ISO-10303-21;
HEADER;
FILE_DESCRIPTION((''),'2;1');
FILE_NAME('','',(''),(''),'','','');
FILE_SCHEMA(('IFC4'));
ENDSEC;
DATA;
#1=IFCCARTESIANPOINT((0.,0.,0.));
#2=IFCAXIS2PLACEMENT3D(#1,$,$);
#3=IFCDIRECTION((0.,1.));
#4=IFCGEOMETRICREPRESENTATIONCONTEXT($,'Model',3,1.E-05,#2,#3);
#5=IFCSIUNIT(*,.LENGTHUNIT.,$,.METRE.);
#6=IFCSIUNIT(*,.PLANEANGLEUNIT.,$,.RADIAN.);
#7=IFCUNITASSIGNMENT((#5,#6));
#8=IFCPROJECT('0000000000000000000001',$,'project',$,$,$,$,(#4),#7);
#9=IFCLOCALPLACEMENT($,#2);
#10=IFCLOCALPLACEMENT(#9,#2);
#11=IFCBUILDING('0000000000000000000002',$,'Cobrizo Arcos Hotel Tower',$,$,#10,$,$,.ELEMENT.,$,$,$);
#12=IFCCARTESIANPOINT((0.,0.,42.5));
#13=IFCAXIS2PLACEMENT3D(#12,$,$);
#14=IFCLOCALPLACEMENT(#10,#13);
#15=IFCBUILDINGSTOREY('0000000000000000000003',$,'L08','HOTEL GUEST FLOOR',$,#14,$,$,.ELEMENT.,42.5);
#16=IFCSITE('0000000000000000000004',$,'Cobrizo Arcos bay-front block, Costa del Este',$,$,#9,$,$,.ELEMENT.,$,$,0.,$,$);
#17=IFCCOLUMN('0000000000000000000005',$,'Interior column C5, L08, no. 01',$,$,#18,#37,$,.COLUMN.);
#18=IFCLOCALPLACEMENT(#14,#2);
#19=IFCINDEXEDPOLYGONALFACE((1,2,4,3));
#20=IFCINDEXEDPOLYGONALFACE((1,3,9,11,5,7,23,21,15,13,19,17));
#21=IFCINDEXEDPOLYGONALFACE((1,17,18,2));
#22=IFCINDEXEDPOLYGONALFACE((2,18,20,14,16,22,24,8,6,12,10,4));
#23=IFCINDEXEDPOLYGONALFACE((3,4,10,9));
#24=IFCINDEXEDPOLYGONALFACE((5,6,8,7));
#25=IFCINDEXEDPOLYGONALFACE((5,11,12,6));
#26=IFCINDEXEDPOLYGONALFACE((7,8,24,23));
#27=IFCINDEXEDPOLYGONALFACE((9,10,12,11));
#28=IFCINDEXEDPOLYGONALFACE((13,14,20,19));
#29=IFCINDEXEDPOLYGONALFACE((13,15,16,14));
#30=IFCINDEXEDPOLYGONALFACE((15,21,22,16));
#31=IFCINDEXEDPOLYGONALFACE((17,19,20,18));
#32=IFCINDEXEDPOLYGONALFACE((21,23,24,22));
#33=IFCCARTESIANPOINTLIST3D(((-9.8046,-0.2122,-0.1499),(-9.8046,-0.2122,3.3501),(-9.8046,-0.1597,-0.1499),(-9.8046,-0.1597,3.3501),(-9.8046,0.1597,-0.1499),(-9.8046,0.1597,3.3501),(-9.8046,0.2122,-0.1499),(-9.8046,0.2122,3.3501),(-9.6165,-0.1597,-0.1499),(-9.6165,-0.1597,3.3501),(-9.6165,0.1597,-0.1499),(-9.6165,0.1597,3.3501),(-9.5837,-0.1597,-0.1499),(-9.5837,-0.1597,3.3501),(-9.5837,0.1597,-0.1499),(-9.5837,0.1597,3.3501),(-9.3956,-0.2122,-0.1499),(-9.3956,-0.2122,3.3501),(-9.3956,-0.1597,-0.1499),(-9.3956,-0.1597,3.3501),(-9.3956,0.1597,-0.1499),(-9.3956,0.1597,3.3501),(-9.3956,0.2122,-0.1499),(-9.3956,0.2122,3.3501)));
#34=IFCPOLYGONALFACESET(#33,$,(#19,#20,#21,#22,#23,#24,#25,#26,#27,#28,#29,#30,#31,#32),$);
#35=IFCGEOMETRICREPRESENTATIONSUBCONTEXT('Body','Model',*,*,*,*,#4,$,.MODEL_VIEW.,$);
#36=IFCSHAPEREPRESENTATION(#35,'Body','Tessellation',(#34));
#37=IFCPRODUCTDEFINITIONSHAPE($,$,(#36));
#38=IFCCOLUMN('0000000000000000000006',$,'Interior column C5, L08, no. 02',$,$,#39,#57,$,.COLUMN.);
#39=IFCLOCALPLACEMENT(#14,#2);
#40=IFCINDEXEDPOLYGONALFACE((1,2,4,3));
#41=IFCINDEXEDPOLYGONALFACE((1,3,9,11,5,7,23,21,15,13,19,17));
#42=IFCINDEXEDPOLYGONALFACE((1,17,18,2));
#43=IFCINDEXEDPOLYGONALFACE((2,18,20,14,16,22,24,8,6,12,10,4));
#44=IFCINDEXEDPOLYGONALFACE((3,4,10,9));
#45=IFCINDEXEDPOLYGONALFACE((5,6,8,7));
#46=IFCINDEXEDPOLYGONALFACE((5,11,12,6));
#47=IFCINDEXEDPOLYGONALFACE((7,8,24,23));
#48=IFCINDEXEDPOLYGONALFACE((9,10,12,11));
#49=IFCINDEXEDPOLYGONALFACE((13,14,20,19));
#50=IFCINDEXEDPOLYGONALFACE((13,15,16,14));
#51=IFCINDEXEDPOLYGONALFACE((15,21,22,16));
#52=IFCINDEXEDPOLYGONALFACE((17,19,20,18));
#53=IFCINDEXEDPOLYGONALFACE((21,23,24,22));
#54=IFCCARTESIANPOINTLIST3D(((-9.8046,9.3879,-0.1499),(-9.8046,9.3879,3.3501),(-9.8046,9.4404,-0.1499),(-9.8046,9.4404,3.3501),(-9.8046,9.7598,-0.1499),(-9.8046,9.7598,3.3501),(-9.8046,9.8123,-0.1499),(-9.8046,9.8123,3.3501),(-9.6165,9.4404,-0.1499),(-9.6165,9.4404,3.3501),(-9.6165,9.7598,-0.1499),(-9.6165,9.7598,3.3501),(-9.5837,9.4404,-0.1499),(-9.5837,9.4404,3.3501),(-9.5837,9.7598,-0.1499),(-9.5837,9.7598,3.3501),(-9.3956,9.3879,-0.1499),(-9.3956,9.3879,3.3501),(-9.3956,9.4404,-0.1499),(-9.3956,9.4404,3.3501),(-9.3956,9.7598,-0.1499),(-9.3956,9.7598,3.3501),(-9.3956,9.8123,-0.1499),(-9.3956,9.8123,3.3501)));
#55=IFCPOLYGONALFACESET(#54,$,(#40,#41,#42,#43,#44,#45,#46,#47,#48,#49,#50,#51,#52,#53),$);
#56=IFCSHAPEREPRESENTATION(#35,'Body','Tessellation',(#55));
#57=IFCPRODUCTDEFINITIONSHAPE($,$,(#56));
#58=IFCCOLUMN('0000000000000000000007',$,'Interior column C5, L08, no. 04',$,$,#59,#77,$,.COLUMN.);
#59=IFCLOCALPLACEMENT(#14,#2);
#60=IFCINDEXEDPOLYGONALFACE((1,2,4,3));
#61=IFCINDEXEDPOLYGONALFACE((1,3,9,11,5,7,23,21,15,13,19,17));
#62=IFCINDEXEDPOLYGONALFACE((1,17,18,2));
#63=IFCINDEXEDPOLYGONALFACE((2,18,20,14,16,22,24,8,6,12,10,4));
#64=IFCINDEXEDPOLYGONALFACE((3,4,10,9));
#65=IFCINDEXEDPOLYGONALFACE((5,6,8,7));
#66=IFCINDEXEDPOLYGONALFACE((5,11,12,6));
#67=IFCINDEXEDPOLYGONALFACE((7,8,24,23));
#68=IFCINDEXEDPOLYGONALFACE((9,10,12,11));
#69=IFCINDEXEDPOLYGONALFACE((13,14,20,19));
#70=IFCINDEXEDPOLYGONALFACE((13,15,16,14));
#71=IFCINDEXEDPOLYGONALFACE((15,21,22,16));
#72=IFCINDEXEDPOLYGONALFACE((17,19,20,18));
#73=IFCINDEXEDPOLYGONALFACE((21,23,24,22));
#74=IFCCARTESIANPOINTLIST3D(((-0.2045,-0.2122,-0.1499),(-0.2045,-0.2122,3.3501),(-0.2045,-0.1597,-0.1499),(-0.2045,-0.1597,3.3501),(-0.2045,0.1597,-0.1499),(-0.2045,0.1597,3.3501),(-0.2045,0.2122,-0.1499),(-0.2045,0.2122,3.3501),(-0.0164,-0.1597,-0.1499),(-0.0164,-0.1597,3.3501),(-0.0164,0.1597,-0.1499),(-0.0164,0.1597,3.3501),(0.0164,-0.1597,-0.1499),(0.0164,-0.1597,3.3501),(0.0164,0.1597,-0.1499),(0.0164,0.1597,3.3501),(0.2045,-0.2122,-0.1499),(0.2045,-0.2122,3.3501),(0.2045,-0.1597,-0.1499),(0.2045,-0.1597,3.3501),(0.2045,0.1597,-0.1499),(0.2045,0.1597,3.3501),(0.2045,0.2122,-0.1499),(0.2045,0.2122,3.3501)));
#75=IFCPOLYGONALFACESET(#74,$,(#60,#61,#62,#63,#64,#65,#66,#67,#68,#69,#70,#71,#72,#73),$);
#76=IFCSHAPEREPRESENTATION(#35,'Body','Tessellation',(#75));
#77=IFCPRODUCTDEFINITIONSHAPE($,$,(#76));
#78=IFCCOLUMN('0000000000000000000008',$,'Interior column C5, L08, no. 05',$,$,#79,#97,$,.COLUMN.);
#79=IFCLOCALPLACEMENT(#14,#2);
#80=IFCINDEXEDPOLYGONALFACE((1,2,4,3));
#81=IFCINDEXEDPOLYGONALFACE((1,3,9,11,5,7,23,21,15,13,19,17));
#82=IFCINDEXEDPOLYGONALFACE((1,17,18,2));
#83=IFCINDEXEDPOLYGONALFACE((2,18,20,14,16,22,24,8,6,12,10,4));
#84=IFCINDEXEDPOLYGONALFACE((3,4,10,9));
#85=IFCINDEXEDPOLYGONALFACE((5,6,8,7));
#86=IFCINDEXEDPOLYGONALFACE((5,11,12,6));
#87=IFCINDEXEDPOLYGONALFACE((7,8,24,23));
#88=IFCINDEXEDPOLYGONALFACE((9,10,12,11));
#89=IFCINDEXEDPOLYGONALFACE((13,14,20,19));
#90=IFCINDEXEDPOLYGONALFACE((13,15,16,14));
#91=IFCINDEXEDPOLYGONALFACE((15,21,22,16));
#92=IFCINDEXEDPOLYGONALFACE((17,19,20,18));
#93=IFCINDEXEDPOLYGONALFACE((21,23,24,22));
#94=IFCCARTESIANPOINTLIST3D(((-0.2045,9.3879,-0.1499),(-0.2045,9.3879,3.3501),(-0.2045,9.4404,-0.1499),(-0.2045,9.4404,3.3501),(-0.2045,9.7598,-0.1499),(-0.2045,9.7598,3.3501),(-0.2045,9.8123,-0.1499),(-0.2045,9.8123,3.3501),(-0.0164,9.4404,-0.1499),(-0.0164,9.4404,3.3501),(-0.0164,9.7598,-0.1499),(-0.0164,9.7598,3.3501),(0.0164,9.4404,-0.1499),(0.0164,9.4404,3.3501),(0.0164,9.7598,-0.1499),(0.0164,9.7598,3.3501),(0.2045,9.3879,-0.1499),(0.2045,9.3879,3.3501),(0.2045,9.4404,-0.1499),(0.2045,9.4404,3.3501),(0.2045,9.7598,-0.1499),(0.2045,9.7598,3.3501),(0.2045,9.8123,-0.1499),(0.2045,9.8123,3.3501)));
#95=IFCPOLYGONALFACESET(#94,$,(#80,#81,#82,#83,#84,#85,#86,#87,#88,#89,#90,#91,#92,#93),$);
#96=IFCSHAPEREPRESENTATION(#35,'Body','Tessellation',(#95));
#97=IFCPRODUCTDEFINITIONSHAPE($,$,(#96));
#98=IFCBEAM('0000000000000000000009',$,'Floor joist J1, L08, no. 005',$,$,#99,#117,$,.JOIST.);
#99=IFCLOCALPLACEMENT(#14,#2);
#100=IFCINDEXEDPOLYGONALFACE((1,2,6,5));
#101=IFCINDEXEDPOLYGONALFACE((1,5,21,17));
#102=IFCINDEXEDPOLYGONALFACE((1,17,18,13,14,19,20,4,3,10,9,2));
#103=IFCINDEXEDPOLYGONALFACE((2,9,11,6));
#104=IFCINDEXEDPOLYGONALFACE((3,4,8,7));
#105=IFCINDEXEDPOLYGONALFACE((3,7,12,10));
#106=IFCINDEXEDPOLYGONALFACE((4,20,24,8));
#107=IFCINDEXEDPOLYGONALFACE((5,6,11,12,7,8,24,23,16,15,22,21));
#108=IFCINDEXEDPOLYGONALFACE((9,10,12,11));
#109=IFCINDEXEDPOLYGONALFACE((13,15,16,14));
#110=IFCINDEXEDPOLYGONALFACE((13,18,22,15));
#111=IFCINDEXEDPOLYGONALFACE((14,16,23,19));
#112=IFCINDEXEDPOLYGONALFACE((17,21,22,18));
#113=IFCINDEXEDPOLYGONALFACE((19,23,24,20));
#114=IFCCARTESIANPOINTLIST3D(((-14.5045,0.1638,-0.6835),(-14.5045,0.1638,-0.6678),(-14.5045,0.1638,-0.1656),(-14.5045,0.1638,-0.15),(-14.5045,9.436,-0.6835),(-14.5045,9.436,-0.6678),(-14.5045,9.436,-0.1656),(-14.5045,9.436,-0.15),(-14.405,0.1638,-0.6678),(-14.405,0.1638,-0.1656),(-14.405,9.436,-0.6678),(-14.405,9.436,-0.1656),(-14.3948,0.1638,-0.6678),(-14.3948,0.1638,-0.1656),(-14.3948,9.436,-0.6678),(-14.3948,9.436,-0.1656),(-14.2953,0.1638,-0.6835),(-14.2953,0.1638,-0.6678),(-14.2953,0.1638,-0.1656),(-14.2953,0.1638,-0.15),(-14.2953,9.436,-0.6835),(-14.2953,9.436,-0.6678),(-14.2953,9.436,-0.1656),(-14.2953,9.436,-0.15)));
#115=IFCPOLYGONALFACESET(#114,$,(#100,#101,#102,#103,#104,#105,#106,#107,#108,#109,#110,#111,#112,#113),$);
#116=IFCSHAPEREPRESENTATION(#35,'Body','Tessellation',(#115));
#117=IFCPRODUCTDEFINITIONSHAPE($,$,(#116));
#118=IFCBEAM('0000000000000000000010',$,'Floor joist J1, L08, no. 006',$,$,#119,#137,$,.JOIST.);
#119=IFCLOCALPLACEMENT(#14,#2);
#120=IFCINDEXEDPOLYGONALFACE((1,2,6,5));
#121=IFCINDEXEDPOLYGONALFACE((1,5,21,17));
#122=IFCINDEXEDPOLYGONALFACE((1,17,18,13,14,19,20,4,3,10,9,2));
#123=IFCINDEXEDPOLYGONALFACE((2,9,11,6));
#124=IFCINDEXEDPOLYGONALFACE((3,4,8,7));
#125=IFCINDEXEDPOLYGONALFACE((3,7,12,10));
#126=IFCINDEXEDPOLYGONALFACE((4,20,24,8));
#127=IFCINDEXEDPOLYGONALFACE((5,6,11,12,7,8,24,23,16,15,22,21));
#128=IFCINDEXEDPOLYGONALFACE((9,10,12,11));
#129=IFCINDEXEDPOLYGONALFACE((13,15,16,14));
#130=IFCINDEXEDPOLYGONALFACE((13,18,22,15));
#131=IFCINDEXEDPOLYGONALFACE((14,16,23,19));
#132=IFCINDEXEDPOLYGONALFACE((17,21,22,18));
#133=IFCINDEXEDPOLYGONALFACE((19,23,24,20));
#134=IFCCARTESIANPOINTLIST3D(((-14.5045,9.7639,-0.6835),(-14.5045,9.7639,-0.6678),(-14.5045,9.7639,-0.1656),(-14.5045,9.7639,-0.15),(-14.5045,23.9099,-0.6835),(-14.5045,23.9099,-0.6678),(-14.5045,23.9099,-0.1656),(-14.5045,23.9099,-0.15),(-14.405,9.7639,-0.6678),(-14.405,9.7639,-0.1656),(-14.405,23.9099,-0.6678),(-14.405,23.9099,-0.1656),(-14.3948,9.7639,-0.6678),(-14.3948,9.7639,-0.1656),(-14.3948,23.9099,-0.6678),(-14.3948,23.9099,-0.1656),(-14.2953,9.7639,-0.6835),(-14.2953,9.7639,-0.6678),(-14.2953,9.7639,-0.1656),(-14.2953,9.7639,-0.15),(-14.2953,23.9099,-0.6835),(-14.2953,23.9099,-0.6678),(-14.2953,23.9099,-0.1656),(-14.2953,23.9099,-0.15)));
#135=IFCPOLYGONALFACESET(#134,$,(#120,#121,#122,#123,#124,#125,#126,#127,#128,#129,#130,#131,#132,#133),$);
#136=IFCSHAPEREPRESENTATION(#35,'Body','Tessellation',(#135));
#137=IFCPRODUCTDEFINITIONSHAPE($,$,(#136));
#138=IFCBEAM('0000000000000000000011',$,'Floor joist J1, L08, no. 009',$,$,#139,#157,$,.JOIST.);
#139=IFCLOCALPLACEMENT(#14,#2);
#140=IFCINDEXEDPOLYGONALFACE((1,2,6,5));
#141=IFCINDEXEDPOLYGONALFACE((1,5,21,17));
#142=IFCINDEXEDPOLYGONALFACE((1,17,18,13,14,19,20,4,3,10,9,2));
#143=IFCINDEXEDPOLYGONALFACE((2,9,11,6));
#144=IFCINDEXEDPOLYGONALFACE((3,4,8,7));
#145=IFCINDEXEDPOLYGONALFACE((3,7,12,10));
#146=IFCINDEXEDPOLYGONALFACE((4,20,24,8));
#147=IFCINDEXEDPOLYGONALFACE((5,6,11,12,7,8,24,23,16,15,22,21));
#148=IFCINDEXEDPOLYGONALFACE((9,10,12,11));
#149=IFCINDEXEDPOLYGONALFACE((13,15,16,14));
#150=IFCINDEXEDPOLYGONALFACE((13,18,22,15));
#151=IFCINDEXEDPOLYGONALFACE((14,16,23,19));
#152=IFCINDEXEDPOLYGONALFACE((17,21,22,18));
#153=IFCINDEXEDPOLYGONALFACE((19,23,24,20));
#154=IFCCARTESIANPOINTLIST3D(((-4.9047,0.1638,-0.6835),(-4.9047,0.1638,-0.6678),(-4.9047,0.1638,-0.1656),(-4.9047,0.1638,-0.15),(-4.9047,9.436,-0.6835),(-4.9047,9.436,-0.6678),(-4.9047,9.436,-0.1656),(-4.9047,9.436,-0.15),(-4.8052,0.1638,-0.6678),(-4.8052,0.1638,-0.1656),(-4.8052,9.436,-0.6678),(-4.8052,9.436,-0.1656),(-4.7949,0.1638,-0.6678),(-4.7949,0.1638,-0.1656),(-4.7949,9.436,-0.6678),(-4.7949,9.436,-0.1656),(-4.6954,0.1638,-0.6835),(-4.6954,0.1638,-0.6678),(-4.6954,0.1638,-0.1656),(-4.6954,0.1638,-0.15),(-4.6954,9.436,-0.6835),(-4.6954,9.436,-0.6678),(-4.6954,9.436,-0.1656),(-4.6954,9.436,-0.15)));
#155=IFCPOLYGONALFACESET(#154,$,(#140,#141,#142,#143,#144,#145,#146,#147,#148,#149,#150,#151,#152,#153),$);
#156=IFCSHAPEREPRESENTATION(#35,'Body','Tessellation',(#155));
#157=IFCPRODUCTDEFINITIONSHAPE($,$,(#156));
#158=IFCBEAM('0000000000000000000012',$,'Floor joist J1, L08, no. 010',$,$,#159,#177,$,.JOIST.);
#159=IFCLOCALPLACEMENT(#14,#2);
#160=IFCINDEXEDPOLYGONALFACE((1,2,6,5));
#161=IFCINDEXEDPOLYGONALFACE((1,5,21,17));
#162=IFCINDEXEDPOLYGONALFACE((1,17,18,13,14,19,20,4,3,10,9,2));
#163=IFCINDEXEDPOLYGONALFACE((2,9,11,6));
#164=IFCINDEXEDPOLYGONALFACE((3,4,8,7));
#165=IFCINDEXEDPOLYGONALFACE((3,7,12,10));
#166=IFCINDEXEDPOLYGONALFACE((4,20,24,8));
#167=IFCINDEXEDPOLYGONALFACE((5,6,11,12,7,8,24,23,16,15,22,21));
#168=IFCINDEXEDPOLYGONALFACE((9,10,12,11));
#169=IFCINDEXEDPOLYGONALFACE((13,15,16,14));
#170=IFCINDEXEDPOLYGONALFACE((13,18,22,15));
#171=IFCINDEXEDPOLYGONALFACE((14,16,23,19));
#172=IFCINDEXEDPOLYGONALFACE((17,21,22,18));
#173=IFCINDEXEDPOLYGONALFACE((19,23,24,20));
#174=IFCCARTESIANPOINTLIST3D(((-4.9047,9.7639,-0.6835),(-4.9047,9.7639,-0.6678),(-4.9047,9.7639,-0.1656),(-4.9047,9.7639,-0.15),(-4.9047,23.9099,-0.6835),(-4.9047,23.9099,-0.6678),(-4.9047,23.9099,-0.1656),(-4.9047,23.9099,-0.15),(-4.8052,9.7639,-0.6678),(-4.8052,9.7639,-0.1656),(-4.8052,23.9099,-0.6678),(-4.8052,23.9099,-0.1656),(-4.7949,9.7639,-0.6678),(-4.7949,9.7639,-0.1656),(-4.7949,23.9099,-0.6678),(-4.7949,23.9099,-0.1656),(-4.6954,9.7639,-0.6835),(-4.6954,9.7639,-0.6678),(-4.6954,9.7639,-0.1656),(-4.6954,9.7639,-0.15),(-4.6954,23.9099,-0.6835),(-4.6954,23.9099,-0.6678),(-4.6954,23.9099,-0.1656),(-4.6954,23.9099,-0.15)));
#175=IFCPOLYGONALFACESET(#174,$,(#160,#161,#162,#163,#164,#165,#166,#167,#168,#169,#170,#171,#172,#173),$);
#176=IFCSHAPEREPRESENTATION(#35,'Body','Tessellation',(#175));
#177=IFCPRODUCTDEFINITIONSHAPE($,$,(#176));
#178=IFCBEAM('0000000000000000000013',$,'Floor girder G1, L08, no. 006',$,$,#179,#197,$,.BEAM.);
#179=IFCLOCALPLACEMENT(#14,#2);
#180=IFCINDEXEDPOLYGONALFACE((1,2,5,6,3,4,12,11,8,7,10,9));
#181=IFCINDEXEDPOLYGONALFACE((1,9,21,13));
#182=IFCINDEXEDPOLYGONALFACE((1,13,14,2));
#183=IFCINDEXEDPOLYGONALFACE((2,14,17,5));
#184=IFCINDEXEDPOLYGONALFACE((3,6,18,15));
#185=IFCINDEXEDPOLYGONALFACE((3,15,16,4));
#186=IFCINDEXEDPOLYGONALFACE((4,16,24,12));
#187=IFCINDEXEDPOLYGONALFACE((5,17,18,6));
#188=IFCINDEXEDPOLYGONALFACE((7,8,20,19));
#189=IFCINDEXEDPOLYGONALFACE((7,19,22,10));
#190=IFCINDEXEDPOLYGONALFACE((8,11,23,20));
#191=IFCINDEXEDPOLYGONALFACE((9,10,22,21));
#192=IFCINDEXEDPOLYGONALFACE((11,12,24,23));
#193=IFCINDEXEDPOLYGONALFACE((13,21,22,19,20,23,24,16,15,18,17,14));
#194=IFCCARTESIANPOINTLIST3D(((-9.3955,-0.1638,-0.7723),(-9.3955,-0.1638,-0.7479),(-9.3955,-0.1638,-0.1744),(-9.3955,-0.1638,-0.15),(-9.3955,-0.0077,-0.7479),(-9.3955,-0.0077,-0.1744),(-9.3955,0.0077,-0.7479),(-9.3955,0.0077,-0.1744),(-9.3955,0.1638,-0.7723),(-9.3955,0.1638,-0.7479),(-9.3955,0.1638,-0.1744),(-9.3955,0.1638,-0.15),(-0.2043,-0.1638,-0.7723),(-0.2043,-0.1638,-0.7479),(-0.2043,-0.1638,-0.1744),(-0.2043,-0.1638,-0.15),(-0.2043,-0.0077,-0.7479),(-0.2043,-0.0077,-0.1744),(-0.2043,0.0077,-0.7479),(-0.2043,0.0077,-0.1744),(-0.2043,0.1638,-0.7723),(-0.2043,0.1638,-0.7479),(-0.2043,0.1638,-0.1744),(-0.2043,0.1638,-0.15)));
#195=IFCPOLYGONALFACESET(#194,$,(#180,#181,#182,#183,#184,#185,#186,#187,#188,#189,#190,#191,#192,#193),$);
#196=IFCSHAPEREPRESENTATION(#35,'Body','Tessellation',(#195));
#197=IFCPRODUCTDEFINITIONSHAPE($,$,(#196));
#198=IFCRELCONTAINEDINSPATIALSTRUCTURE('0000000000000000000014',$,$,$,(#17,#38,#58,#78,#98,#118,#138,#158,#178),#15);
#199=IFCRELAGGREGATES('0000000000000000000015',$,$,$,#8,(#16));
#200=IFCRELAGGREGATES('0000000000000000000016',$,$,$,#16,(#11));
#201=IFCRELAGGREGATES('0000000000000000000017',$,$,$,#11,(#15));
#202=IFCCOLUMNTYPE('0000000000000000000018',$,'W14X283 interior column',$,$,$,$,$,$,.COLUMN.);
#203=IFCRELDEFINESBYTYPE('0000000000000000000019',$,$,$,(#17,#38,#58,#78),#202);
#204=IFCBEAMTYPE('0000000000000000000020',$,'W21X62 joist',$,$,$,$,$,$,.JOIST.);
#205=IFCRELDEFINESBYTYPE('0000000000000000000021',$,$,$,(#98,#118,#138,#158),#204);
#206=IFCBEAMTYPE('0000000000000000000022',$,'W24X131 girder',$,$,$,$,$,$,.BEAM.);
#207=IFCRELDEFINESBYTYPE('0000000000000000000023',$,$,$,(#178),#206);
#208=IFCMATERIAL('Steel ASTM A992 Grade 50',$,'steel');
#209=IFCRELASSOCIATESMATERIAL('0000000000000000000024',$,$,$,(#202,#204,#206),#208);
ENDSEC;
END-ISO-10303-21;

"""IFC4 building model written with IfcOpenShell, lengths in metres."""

from ifc_helpers import new_model, si_unit, direction, frame, origin, origin_2d, place, context, subcontext, project, spatial, i_section, extrude, material, material_profile, profile_set, type_object, element, save


model = new_model("IFC4")

# Units and contexts
model_context = context("Model", 3, precision=1e-05, world=origin(), true_north=direction((0.0, 1.0)))
body_context = subcontext(model_context, "Body", "Model", "MODEL_VIEW")
ifc_project = project(units=[si_unit("LENGTHUNIT", "METRE"), si_unit("PLANEANGLEUNIT", "RADIAN")], contexts=[model_context])

# Site, building, storey
site_placement = place(None, origin())
site = spatial("IfcSite", under=ifc_project, at=site_placement, Name="Cobrizo Arcos bay-front block, Costa del Este", CompositionType="ELEMENT", RefElevation=0.0)
building_placement = place(site_placement, origin())
building = spatial("IfcBuilding", under=site, at=building_placement, Name="Cobrizo Arcos Hotel Tower", CompositionType="ELEMENT")
storey_placement = place(building_placement, frame((0.0, 0.0, 42.5)))
storey = spatial("IfcBuildingStorey", under=building, at=storey_placement, Name="L08", Description="HOTEL GUEST FLOOR", CompositionType="ELEMENT", Elevation=42.5)

# Columns
ifc_material_1 = material(Name="Steel ASTM A992 Grade 50", Category="steel")
ifc_material_profile_1 = material_profile(ifc_material_1, i_section(OverallWidth=0.4089, OverallDepth=0.4243, WebThickness=0.0327, FlangeThickness=0.0525, at=origin_2d()), Name="W14X283")
ifc_profile_set_1 = profile_set([ifc_material_profile_1], Name="Steel ASTM A992 Grade 50")
column_type = type_object("IfcColumnType", Name="W14X283 interior column", PredefinedType="COLUMN", material=ifc_profile_set_1)
for number, where, z_axis, x_axis, name in (
    (1, (-9.6001, 0.0, -0.1499), (0.0, 0.0, 1.0), (1.0, 0.0, 0.0), "Interior column C5, L08, no. 01"),
    (2, (-9.6001, 9.6001, -0.1499), (0.0, 0.0, 1.0), (1.0, 0.0, 0.0), "Interior column C5, L08, no. 02"),
    (3, (0.0, 0.0, -0.1499), (0.0, 0.0, 1.0), (1.0, 0.0, 0.0), "Interior column C5, L08, no. 04"),
    (4, (0.0, 9.6001, -0.1499), (0.0, 0.0, 1.0), (1.0, 0.0, 0.0), "Interior column C5, L08, no. 05"),
):
    element("IfcColumn", number, at=place(storey_placement, frame(where, z_axis=z_axis, x_axis=x_axis)), inside=storey, type_object=column_type, Name=name, PredefinedType="COLUMN", context=body_context, shape_type="SweptSolid", body=[
        extrude(i_section(OverallWidth=0.4089, OverallDepth=0.4243, WebThickness=0.0327, FlangeThickness=0.0525, at=origin_2d()), origin(), (0.0, 0.0, 1.0), 3.5),
    ])

# Beams
ifc_material_profile_2 = material_profile(ifc_material_1, i_section(OverallWidth=0.2092, OverallDepth=0.5334, WebThickness=0.0103, FlangeThickness=0.0156, at=origin_2d()), Name="W21X62")
ifc_profile_set_2 = profile_set([ifc_material_profile_2], Name="Steel ASTM A992 Grade 50")
beam_type_1 = type_object("IfcBeamType", Name="W21X62 joist", PredefinedType="JOIST", material=ifc_profile_set_2)
beam_1_placement = place(storey_placement, frame((-14.3999, 0.1638, -0.4167), z_axis=(0.0, 1.0, 0.0), x_axis=(-1.0, 0.0, 0.0)))
element("IfcBeam", 5, at=beam_1_placement, inside=storey, type_object=beam_type_1, Name="Floor joist J1, L08, no. 005", PredefinedType="JOIST", context=body_context, shape_type="SweptSolid", body=[
    extrude(i_section(OverallWidth=0.2092, OverallDepth=0.5334, WebThickness=0.0103, FlangeThickness=0.0156, at=origin_2d()), origin(), (0.0, 0.0, 1.0), 9.2722),
])
beam_2_placement = place(storey_placement, frame((-14.3999, 9.7639, -0.4167), z_axis=(0.0, 1.0, 0.0), x_axis=(-1.0, 0.0, 0.0)))
element("IfcBeam", 6, at=beam_2_placement, inside=storey, type_object=beam_type_1, Name="Floor joist J1, L08, no. 006", PredefinedType="JOIST", context=body_context, shape_type="SweptSolid", body=[
    extrude(i_section(OverallWidth=0.2092, OverallDepth=0.5334, WebThickness=0.0103, FlangeThickness=0.0156, at=origin_2d()), origin(), (0.0, 0.0, 1.0), 14.146),
])
beam_3_placement = place(storey_placement, frame((-4.8, 0.1638, -0.4167), z_axis=(0.0, 1.0, 0.0), x_axis=(-1.0, 0.0, 0.0)))
element("IfcBeam", 7, at=beam_3_placement, inside=storey, type_object=beam_type_1, Name="Floor joist J1, L08, no. 009", PredefinedType="JOIST", context=body_context, shape_type="SweptSolid", body=[
    extrude(i_section(OverallWidth=0.2092, OverallDepth=0.5334, WebThickness=0.0103, FlangeThickness=0.0156, at=origin_2d()), origin(), (0.0, 0.0, 1.0), 9.2722),
])
beam_4_placement = place(storey_placement, frame((-4.8, 9.7639, -0.4167), z_axis=(0.0, 1.0, 0.0), x_axis=(-1.0, 0.0, 0.0)))
element("IfcBeam", 8, at=beam_4_placement, inside=storey, type_object=beam_type_1, Name="Floor joist J1, L08, no. 010", PredefinedType="JOIST", context=body_context, shape_type="SweptSolid", body=[
    extrude(i_section(OverallWidth=0.2092, OverallDepth=0.5334, WebThickness=0.0103, FlangeThickness=0.0156, at=origin_2d()), origin(), (0.0, 0.0, 1.0), 14.146),
])
ifc_material_profile_3 = material_profile(ifc_material_1, i_section(OverallWidth=0.3276, OverallDepth=0.6223, WebThickness=0.0154, FlangeThickness=0.0244, at=origin_2d()), Name="W24X131")
ifc_profile_set_3 = profile_set([ifc_material_profile_3], Name="Steel ASTM A992 Grade 50")
beam_type_2 = type_object("IfcBeamType", Name="W24X131 girder", PredefinedType="BEAM", material=ifc_profile_set_3)
for number, where, z_axis, x_axis, name in (
    (9, (-9.3955, 0.0, -0.4612), (1.0, 0.0, 0.0), (0.0, 1.0, 0.0), "Floor girder G1, L08, no. 006"),
):
    element("IfcBeam", number, at=place(storey_placement, frame(where, z_axis=z_axis, x_axis=x_axis)), inside=storey, type_object=beam_type_2, Name=name, PredefinedType="BEAM", context=body_context, shape_type="SweptSolid", body=[
        extrude(i_section(OverallWidth=0.3276, OverallDepth=0.6223, WebThickness=0.0154, FlangeThickness=0.0244, at=origin_2d()), origin(), (0.0, 0.0, 1.0), 9.1912),
    ])

save(model, "model.ifc")
